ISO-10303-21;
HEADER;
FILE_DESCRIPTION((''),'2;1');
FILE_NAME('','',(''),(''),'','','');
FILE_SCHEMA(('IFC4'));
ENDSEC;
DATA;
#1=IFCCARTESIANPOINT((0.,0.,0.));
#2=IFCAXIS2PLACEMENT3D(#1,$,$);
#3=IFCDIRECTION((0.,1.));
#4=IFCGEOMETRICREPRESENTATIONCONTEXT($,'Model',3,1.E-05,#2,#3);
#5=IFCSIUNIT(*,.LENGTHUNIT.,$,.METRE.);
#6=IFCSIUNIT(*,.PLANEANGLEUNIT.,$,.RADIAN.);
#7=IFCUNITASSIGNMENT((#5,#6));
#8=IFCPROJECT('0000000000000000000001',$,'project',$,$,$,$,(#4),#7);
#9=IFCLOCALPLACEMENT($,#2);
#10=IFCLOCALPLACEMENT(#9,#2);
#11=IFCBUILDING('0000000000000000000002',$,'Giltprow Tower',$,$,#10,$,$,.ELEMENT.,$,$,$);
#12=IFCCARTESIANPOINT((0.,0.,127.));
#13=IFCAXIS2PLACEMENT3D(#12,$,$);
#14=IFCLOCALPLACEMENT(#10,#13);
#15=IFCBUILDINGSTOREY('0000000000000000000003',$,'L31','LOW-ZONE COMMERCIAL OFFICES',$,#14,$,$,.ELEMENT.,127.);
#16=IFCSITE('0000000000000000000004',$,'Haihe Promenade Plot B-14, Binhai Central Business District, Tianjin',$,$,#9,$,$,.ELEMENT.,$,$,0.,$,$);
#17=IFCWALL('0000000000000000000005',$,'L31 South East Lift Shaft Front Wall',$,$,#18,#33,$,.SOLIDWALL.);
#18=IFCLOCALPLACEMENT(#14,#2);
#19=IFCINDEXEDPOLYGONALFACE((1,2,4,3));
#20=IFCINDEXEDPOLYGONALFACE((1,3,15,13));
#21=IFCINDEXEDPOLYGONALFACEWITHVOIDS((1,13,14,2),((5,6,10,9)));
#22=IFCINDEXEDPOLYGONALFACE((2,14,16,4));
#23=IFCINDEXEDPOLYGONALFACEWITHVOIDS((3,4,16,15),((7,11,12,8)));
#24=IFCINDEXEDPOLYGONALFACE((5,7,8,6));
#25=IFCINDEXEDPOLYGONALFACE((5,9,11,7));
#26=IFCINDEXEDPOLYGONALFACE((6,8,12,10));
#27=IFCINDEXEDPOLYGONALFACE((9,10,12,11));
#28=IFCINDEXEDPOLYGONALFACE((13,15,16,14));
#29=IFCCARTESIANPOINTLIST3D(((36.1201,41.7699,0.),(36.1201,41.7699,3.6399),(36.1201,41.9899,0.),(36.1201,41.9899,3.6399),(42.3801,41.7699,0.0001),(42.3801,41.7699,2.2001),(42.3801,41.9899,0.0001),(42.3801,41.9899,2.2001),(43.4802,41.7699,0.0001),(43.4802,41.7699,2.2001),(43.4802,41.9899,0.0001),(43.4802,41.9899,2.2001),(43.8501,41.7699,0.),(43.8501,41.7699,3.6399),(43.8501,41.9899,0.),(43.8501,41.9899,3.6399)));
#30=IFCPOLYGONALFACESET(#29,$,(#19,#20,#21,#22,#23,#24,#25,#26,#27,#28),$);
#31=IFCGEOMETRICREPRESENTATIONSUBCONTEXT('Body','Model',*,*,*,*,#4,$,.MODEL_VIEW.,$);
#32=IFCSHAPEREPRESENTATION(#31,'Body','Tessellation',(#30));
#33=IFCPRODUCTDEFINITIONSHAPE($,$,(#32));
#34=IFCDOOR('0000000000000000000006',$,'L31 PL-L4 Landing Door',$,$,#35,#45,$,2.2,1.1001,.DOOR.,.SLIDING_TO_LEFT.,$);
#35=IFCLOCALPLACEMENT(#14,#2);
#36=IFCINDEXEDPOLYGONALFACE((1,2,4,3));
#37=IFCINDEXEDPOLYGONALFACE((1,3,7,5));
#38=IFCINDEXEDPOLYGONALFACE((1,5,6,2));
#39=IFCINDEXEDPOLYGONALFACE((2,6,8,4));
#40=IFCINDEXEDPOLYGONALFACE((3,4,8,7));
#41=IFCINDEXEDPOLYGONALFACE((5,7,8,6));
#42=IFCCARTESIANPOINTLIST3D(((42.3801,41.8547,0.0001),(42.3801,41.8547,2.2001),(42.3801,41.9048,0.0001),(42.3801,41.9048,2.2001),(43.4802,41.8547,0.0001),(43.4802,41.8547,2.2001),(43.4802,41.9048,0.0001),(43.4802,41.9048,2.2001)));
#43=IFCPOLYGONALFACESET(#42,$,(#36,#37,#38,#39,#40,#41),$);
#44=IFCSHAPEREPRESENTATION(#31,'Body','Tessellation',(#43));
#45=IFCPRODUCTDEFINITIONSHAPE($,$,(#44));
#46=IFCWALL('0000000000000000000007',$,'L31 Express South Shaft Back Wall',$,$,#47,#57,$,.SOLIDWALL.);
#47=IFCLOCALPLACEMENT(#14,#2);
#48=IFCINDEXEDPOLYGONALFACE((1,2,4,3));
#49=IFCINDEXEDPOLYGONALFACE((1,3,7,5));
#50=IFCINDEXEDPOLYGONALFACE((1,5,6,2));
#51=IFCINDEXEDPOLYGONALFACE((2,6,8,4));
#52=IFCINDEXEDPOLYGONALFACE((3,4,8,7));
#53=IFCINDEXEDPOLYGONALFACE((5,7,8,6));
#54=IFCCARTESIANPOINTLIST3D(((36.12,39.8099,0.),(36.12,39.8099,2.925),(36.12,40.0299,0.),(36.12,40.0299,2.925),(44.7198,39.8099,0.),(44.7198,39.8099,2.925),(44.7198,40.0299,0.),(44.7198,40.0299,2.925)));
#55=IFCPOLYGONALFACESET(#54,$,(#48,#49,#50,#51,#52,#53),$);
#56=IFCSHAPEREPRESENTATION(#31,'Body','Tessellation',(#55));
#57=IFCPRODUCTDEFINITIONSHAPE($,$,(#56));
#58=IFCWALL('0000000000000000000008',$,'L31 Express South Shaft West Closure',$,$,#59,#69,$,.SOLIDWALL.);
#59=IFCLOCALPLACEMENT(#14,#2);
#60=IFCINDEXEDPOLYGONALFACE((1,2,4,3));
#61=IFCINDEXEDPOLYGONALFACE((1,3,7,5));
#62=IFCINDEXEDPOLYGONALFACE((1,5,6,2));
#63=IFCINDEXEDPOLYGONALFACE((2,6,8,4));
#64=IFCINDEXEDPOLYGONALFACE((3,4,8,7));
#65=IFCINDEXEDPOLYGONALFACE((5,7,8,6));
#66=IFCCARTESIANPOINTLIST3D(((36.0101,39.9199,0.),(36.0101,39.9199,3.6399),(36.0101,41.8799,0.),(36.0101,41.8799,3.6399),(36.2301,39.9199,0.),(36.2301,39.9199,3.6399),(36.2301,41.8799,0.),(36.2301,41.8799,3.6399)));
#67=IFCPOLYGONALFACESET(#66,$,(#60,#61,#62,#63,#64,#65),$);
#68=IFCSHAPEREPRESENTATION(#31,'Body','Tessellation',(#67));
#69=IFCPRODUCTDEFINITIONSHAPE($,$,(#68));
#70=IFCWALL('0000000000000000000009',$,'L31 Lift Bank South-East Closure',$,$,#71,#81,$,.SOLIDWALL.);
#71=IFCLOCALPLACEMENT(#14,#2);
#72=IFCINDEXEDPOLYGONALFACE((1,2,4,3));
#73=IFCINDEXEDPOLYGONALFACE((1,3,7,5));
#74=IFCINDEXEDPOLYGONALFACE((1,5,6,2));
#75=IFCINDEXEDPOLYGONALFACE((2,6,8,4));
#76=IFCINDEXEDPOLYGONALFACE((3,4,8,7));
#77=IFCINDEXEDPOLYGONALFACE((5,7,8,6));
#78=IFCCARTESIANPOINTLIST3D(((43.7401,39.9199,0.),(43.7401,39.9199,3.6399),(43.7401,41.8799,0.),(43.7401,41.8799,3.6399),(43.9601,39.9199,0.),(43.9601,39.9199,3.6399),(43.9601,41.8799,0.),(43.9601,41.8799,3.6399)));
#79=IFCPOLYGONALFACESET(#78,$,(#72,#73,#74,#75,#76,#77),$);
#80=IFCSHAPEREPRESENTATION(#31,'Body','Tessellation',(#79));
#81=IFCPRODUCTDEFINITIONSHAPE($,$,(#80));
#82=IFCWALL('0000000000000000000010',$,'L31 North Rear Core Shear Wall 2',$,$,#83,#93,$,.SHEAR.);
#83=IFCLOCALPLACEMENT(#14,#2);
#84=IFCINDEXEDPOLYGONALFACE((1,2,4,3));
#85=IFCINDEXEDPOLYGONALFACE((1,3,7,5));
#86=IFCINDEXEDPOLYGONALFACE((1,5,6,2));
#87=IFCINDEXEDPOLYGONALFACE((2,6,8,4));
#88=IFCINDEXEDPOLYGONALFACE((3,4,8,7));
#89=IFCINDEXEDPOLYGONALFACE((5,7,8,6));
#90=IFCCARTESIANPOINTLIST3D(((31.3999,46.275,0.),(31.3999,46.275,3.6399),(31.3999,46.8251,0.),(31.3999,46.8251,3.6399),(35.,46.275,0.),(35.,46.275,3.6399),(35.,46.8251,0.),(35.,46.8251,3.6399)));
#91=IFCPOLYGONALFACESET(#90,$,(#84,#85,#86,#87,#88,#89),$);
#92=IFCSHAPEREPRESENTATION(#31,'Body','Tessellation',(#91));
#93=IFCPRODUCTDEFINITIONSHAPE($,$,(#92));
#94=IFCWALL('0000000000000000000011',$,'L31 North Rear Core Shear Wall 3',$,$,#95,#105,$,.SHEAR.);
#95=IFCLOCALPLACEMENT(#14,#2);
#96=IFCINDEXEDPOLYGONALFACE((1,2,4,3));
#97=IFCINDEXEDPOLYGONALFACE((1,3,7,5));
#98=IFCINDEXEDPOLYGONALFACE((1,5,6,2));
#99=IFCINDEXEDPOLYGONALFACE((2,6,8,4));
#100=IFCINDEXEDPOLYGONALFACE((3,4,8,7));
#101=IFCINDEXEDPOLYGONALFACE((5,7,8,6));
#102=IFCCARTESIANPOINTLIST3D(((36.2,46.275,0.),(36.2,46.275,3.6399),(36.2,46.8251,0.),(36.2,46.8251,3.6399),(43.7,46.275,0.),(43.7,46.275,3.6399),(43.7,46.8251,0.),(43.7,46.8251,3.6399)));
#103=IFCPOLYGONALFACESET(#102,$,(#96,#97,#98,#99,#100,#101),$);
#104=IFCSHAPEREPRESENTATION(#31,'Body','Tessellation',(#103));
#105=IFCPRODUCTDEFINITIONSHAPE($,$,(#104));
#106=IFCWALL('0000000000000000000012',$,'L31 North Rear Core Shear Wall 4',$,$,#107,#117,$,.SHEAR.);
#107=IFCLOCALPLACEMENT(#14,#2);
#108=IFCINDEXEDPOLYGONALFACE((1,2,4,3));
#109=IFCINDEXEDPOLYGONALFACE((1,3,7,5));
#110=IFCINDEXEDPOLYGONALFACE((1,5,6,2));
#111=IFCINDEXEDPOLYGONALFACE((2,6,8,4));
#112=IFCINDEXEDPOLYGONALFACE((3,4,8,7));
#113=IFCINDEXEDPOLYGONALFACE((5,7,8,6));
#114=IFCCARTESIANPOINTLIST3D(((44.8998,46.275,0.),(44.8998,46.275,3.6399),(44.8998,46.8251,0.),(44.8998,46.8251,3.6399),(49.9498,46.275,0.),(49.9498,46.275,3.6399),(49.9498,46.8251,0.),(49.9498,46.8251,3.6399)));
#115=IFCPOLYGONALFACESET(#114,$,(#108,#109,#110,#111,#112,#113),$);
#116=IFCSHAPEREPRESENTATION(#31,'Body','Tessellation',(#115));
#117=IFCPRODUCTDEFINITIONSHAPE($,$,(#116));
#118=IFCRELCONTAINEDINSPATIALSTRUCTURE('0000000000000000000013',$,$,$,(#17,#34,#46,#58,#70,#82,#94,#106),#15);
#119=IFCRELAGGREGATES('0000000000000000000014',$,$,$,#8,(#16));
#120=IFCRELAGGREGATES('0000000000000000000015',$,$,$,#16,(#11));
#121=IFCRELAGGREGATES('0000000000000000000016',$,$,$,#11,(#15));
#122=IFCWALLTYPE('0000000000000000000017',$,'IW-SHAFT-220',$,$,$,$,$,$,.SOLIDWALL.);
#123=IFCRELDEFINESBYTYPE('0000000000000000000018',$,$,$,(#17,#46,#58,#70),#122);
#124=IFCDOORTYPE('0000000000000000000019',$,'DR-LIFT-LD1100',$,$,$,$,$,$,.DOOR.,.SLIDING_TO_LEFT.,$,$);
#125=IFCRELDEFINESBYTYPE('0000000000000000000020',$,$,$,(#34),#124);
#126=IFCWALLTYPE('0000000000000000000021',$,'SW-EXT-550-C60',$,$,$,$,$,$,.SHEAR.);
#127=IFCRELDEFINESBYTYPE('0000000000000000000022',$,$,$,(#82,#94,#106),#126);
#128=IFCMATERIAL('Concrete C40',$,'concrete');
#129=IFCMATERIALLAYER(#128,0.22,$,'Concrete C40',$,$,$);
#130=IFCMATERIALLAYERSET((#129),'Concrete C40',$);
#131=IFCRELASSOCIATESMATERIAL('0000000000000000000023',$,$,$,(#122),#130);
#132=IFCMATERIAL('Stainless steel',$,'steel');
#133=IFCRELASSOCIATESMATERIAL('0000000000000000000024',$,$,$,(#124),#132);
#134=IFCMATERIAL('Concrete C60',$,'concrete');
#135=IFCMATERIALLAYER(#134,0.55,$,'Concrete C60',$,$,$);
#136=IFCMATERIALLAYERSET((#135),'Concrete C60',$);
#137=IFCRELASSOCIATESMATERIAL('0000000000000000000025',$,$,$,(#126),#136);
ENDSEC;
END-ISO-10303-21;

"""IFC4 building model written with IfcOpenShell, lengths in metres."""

from ifc_helpers import new_model, si_unit, direction, frame, frame_2d, origin, place, context, subcontext, project, spatial, rectangle, extrude, source, transform, mapped, material, layer, layer_set, type_object, element, fill, save


model = new_model("IFC4")

# Units and contexts
model_context = context("Model", 3, precision=1e-05, world=origin(), true_north=direction((0.0, 1.0)))
body_context = subcontext(model_context, "Body", "Model", "MODEL_VIEW")
ifc_project = project(units=[si_unit("LENGTHUNIT", "METRE"), si_unit("PLANEANGLEUNIT", "RADIAN")], contexts=[model_context])

# Site, building, storey
site_placement = place(None, origin())
site = spatial("IfcSite", under=ifc_project, at=site_placement, Name="Haihe Promenade Plot B-14, Binhai Central Business District, Tianjin", CompositionType="ELEMENT", RefElevation=0.0)
building_placement = place(site_placement, origin())
building = spatial("IfcBuilding", under=site, at=building_placement, Name="Giltprow Tower", CompositionType="ELEMENT")
storey_placement = place(building_placement, frame((0.0, 0.0, 127.0)))
storey = spatial("IfcBuildingStorey", under=building, at=storey_placement, Name="L31", Description="LOW-ZONE COMMERCIAL OFFICES", CompositionType="ELEMENT", Elevation=127.0)

# Shared definitions
ifc_material_1 = material(Name="Concrete C60", Category="concrete")

# Shared definitions
ifc_material_2 = material(Name="Concrete C40", Category="concrete")
ifc_layer_1 = layer(ifc_material_2, 0.22, Name="Concrete C40")
ifc_layer_set_1 = layer_set([ifc_layer_1], Name="Concrete C40")
wall_type_1 = type_object("IfcWallType", Name="IW-SHAFT-220", PredefinedType="SOLIDWALL", material=ifc_layer_set_1)
ifc_material_3 = material(Name="Stainless steel", Category="steel")
door_type = type_object("IfcDoorType", Name="DR-LIFT-LD1100", OperationType="SLIDING_TO_LEFT", PredefinedType="DOOR", material=ifc_material_3)
shared_shape_1 = source(origin(), body_context, "Body", "SweptSolid", [
    extrude(rectangle(XDim=1.1001, YDim=2.2, at=frame_2d((0.55, 1.1001))), frame((0.0, 0.0249, 0.0), z_axis=(0.0, -1.0, 0.0), x_axis=(1.0, 0.0, 0.0)), (0.0, 0.0, 1.0), 0.05),
])

# Wall, opening, door
wall_1_placement = place(storey_placement, frame((36.1201, 41.8799, 0.0), z_axis=(0.0, 0.0, 1.0), x_axis=(1.0, 0.0, 0.0)))
wall_1 = element("IfcWall", 1, at=wall_1_placement, inside=storey, type_object=wall_type_1, Name="L31 South East Lift Shaft Front Wall", PredefinedType="SOLIDWALL", context=body_context, shape_type="SweptSolid", body=[
    extrude(rectangle(XDim=7.73, YDim=0.22, at=frame_2d((3.865, 0.0))), origin(), (0.0, 0.0, 1.0), 3.6399),
])
opening_1_placement = place(wall_1_placement, frame((6.26, 0.0, 0.0)))
opening_1 = element("IfcOpeningElement", 2, at=opening_1_placement, cuts=wall_1, PredefinedType="OPENING", context=body_context, shape_type="SweptSolid", body=[
    extrude(rectangle(XDim=1.1001, YDim=2.2, at=frame_2d((0.55, 1.1001))), frame((0.0, 0.1199, 0.0), z_axis=(0.0, -1.0, 0.0), x_axis=(1.0, 0.0, 0.0)), (0.0, 0.0, 1.0), 0.24),
])
door_1_placement = place(opening_1_placement, origin())
door_1 = element("IfcDoor", 3, at=door_1_placement, inside=storey, type_object=door_type, Name="L31 PL-L4 Landing Door", OperationType="SLIDING_TO_LEFT", OverallHeight=2.2, OverallWidth=1.1001, PredefinedType="DOOR", context=body_context, shape_type="MappedRepresentation", body=[
    mapped(shared_shape_1, transform((0.0, 0.0, 0.0), x_axis=(1.0, 0.0, 0.0), y_axis=(0.0, 1.0, 0.0), z_axis=(0.0, 0.0, 1.0), scale=1.0)),
])
fill(opening_1, door_1)

# Walls
wall_2_placement = place(storey_placement, frame((36.1201, 39.9199, 0.0), z_axis=(0.0, 0.0, 1.0), x_axis=(1.0, 0.0, 0.0)))
element("IfcWall", 4, at=wall_2_placement, inside=storey, type_object=wall_type_1, Name="L31 Express South Shaft Back Wall", PredefinedType="SOLIDWALL", context=body_context, shape_type="SweptSolid", body=[
    extrude(rectangle(XDim=8.5999, YDim=0.22, at=frame_2d((4.2998, 0.0))), origin(), (0.0, 0.0, 1.0), 2.925),
])
for number, where, z_axis, x_axis, name in (
    (5, (36.1201, 39.9199, 0.0), (0.0, 0.0, 1.0), (0.0, 1.0, 0.0), "L31 Express South Shaft West Closure"),
    (6, (43.8501, 39.9199, 0.0), (0.0, 0.0, 1.0), (0.0, 1.0, 0.0), "L31 Lift Bank South-East Closure"),
):
    element("IfcWall", number, at=place(storey_placement, frame(where, z_axis=z_axis, x_axis=x_axis)), inside=storey, type_object=wall_type_1, Name=name, PredefinedType="SOLIDWALL", context=body_context, shape_type="SweptSolid", body=[
        extrude(rectangle(XDim=1.96, YDim=0.22, at=frame_2d((0.98, 0.0))), origin(), (0.0, 0.0, 1.0), 3.6399),
    ])
ifc_layer_2 = layer(ifc_material_1, 0.55, Name="Concrete C60")
ifc_layer_set_2 = layer_set([ifc_layer_2], Name="Concrete C60")
wall_type_2 = type_object("IfcWallType", Name="SW-EXT-550-C60", PredefinedType="SHEAR", material=ifc_layer_set_2)
wall_3_placement = place(storey_placement, frame((31.3999, 46.55, 0.0), z_axis=(0.0, 0.0, 1.0), x_axis=(1.0, 0.0, 0.0)))
element("IfcWall", 7, at=wall_3_placement, inside=storey, type_object=wall_type_2, Name="L31 North Rear Core Shear Wall 2", PredefinedType="SHEAR", context=body_context, shape_type="SweptSolid", body=[
    extrude(rectangle(XDim=3.6001, YDim=0.55, at=frame_2d((1.8, 0.0))), origin(), (0.0, 0.0, 1.0), 3.6399),
])
wall_4_placement = place(storey_placement, frame((36.2, 46.55, 0.0), z_axis=(0.0, 0.0, 1.0), x_axis=(1.0, 0.0, 0.0)))
element("IfcWall", 8, at=wall_4_placement, inside=storey, type_object=wall_type_2, Name="L31 North Rear Core Shear Wall 3", PredefinedType="SHEAR", context=body_context, shape_type="SweptSolid", body=[
    extrude(rectangle(XDim=7.5, YDim=0.55, at=frame_2d((3.75, 0.0))), origin(), (0.0, 0.0, 1.0), 3.6399),
])
wall_5_placement = place(storey_placement, frame((44.8999, 46.55, 0.0), z_axis=(0.0, 0.0, 1.0), x_axis=(1.0, 0.0, 0.0)))
element("IfcWall", 9, at=wall_5_placement, inside=storey, type_object=wall_type_2, Name="L31 North Rear Core Shear Wall 4", PredefinedType="SHEAR", context=body_context, shape_type="SweptSolid", body=[
    extrude(rectangle(XDim=5.05, YDim=0.55, at=frame_2d((2.5249, 0.0))), origin(), (0.0, 0.0, 1.0), 3.6399),
])

save(model, "model.ifc")
